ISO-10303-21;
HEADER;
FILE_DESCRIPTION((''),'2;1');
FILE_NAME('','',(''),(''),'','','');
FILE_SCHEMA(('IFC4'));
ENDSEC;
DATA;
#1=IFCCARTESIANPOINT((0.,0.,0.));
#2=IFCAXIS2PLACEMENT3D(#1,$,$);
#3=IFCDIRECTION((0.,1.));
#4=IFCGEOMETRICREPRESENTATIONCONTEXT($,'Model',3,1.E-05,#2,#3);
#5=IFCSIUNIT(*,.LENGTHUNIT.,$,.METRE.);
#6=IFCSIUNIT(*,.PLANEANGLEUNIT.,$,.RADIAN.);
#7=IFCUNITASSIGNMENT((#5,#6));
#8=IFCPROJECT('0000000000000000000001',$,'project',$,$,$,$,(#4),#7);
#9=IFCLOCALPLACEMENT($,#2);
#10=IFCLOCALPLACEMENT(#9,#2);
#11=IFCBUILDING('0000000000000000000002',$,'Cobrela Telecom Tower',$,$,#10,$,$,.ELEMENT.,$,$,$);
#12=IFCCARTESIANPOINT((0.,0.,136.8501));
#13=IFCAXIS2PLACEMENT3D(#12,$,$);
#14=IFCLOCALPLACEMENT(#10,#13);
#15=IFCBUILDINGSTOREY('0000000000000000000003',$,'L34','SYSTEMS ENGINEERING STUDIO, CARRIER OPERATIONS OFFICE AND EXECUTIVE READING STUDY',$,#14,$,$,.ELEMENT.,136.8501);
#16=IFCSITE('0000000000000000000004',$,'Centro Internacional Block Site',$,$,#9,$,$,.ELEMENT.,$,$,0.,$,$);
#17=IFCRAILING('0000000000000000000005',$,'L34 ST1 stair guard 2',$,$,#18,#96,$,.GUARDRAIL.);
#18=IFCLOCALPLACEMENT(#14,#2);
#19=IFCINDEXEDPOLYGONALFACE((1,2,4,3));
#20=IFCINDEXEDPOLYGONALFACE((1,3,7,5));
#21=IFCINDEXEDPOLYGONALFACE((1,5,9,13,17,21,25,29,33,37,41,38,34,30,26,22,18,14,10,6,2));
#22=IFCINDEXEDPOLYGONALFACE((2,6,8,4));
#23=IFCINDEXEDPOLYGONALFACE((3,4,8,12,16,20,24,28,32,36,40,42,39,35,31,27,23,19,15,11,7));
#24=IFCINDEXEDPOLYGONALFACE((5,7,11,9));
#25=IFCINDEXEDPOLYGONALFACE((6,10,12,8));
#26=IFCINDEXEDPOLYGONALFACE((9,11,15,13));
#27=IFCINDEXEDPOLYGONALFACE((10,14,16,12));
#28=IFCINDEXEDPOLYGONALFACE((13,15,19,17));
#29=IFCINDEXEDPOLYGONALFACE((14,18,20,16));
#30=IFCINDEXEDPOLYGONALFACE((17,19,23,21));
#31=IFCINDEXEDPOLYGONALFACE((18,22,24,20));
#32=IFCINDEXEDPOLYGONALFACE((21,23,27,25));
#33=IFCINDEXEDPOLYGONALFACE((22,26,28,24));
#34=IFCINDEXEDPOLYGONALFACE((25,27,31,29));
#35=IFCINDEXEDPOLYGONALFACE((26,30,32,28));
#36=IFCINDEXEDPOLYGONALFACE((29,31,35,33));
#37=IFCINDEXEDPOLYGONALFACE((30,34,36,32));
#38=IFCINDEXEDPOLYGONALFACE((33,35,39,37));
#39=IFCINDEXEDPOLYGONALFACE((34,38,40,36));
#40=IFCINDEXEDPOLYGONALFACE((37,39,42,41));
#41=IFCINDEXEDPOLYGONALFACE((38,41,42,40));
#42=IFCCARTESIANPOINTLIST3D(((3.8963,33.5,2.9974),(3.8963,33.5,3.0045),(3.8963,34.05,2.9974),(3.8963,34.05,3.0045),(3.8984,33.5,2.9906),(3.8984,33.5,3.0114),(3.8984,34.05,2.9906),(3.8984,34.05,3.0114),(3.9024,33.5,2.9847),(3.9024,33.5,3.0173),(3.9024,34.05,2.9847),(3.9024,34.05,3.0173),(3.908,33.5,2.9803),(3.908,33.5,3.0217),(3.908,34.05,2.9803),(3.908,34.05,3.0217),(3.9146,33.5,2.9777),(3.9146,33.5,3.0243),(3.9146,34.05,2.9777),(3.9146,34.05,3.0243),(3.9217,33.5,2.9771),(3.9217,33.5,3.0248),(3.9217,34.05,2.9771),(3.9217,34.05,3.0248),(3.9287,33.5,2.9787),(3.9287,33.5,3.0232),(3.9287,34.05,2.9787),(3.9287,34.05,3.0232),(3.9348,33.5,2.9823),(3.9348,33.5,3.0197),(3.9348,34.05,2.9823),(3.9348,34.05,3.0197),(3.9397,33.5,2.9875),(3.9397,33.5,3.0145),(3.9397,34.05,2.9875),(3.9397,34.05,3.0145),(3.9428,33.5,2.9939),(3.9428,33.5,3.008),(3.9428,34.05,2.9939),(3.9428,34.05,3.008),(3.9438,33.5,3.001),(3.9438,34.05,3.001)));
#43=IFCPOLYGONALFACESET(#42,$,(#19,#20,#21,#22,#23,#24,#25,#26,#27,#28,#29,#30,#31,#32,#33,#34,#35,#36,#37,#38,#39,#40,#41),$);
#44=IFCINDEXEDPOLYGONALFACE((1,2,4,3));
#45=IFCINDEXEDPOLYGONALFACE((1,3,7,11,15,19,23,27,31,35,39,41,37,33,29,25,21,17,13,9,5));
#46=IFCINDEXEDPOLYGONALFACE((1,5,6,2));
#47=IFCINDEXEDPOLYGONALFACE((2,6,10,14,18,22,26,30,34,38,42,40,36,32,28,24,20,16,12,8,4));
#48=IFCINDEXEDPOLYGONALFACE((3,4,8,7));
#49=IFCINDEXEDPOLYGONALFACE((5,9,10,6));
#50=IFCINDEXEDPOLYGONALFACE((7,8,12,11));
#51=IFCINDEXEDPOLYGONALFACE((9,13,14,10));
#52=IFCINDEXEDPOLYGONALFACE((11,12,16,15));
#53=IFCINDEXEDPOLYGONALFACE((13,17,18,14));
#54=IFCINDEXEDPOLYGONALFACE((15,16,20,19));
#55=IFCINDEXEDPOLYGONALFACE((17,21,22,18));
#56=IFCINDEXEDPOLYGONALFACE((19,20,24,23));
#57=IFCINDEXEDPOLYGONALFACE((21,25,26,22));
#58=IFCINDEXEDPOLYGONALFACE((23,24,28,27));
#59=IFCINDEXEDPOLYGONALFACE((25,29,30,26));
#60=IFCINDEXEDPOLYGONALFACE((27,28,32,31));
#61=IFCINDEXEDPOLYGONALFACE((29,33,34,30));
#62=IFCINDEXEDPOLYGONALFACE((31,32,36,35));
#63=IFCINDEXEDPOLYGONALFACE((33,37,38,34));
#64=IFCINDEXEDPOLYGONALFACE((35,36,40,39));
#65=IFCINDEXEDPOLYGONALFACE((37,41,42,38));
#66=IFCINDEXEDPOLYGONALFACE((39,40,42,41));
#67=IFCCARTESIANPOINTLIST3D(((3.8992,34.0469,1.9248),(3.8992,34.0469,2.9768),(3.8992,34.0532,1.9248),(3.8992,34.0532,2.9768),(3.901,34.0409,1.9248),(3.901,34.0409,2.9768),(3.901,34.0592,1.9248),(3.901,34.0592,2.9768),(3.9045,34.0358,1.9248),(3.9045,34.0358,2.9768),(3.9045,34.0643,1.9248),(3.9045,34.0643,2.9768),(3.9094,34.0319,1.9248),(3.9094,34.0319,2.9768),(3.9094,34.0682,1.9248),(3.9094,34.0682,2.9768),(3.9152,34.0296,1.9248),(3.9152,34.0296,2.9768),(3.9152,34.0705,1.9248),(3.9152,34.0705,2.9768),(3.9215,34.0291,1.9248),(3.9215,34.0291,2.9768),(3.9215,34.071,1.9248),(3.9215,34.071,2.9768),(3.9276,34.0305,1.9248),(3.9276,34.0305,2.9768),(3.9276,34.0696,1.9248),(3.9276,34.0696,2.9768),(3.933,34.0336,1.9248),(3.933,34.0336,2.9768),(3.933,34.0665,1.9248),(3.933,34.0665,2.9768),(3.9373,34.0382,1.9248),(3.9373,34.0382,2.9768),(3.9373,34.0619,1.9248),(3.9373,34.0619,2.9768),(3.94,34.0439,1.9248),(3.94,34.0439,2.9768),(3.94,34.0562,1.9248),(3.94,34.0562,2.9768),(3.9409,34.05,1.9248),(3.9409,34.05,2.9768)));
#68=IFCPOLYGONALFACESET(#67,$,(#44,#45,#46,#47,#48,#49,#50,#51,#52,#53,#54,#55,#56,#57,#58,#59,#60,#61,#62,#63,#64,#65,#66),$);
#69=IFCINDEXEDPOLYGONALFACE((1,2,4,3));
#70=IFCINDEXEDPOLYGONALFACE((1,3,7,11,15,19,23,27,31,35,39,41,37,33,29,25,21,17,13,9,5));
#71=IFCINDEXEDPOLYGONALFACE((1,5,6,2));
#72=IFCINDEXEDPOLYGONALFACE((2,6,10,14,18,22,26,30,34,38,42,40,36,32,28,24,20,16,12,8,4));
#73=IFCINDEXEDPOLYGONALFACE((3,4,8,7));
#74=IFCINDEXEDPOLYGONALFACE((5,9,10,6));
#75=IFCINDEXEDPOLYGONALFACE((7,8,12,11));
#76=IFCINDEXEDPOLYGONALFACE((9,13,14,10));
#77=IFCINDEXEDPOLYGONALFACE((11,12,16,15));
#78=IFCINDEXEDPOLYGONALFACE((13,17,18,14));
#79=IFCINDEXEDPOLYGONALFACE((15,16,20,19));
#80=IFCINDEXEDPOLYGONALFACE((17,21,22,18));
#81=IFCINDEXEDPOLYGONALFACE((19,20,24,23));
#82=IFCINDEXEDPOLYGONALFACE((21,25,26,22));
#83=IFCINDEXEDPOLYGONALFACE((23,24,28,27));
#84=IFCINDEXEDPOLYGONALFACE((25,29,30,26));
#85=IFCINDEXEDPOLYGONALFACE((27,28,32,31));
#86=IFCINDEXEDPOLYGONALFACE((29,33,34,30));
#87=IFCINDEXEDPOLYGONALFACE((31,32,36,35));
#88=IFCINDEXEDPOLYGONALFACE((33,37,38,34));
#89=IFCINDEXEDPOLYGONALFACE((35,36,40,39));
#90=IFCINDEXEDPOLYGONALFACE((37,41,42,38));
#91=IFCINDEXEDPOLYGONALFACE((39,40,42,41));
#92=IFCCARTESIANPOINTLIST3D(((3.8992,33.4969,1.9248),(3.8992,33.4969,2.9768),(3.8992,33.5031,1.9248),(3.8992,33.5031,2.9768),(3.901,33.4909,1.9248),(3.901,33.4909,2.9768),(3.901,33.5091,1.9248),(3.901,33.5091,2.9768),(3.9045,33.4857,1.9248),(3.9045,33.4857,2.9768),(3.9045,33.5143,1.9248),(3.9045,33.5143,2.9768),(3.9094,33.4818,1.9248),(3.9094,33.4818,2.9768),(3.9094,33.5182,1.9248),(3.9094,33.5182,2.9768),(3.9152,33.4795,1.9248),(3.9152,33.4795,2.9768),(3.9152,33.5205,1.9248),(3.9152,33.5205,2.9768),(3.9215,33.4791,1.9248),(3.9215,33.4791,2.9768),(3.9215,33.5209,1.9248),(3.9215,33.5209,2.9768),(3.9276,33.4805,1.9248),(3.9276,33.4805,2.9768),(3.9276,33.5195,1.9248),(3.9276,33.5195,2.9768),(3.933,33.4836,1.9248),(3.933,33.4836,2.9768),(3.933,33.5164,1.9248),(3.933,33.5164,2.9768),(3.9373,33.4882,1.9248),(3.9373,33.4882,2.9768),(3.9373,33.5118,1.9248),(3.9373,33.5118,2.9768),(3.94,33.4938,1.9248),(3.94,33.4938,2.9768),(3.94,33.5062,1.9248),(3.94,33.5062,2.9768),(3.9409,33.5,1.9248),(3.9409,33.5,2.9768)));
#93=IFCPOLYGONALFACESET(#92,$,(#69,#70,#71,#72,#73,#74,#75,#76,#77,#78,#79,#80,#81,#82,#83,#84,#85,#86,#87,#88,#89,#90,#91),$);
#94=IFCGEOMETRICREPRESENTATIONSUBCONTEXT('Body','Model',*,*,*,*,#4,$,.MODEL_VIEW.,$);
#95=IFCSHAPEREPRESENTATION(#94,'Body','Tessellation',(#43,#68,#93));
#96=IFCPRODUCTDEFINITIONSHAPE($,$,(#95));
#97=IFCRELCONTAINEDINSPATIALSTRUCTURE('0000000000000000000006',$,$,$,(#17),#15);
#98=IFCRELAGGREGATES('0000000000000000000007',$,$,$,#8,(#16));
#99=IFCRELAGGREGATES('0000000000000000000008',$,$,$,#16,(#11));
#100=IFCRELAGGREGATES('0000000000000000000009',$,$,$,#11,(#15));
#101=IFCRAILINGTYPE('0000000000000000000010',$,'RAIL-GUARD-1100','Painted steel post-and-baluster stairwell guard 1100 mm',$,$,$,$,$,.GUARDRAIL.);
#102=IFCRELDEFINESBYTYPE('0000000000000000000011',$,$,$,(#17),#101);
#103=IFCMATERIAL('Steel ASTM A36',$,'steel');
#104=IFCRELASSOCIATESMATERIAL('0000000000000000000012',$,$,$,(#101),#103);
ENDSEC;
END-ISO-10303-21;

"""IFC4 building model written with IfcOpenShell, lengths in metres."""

from ifc_helpers import new_model, si_unit, direction, frame, origin, origin_2d, place, context, subcontext, project, spatial, circle, extrude, material, type_object, element, save


model = new_model("IFC4")

# Units and contexts
model_context = context("Model", 3, precision=1e-05, world=origin(), true_north=direction((0.0, 1.0)))
body_context = subcontext(model_context, "Body", "Model", "MODEL_VIEW")
ifc_project = project(units=[si_unit("LENGTHUNIT", "METRE"), si_unit("PLANEANGLEUNIT", "RADIAN")], contexts=[model_context])

# Site, building, storey
site_placement = place(None, origin())
site = spatial("IfcSite", under=ifc_project, at=site_placement, Name="Centro Internacional Block Site", CompositionType="ELEMENT", RefElevation=0.0)
building_placement = place(site_placement, origin())
building = spatial("IfcBuilding", under=site, at=building_placement, Name="Cobrela Telecom Tower", CompositionType="ELEMENT")
storey_placement = place(building_placement, frame((0.0, 0.0, 136.8501)))
storey = spatial("IfcBuildingStorey", under=building, at=storey_placement, Name="L34", Description="SYSTEMS ENGINEERING STUDIO, CARRIER OPERATIONS OFFICE AND EXECUTIVE READING STUDY", CompositionType="ELEMENT", Elevation=136.8501)

# Shared definitions
ifc_material_1 = material(Name="Steel ASTM A36", Category="steel")

# Railing
railing_type_1 = type_object("IfcRailingType", Name="RAIL-GUARD-1100", Description="Painted steel post-and-baluster stairwell guard 1100 mm", PredefinedType="GUARDRAIL", material=ifc_material_1)
railing_1_placement = place(storey_placement, frame((3.9199, 34.05, 1.9248)))
element("IfcRailing", 1, at=railing_1_placement, inside=storey, type_object=railing_type_1, Name="L34 ST1 stair guard 2", PredefinedType="GUARDRAIL", context=body_context, shape_type="SweptSolid", body=[
    extrude(circle(Radius=0.0239, at=origin_2d()), frame((0.0, 0.0, 1.0762), z_axis=(0.0, -1.0, 0.0), x_axis=(1.0, 0.0, 0.0)), (0.0, 0.0, 1.0), 0.55),
    extrude(circle(Radius=0.021, at=origin_2d()), origin(), (0.0, 0.0, 1.0), 1.052),
    extrude(circle(Radius=0.021, at=origin_2d()), frame((0.0, -0.55, 0.0)), (0.0, 0.0, 1.0), 1.052),
])

save(model, "model.ifc")
